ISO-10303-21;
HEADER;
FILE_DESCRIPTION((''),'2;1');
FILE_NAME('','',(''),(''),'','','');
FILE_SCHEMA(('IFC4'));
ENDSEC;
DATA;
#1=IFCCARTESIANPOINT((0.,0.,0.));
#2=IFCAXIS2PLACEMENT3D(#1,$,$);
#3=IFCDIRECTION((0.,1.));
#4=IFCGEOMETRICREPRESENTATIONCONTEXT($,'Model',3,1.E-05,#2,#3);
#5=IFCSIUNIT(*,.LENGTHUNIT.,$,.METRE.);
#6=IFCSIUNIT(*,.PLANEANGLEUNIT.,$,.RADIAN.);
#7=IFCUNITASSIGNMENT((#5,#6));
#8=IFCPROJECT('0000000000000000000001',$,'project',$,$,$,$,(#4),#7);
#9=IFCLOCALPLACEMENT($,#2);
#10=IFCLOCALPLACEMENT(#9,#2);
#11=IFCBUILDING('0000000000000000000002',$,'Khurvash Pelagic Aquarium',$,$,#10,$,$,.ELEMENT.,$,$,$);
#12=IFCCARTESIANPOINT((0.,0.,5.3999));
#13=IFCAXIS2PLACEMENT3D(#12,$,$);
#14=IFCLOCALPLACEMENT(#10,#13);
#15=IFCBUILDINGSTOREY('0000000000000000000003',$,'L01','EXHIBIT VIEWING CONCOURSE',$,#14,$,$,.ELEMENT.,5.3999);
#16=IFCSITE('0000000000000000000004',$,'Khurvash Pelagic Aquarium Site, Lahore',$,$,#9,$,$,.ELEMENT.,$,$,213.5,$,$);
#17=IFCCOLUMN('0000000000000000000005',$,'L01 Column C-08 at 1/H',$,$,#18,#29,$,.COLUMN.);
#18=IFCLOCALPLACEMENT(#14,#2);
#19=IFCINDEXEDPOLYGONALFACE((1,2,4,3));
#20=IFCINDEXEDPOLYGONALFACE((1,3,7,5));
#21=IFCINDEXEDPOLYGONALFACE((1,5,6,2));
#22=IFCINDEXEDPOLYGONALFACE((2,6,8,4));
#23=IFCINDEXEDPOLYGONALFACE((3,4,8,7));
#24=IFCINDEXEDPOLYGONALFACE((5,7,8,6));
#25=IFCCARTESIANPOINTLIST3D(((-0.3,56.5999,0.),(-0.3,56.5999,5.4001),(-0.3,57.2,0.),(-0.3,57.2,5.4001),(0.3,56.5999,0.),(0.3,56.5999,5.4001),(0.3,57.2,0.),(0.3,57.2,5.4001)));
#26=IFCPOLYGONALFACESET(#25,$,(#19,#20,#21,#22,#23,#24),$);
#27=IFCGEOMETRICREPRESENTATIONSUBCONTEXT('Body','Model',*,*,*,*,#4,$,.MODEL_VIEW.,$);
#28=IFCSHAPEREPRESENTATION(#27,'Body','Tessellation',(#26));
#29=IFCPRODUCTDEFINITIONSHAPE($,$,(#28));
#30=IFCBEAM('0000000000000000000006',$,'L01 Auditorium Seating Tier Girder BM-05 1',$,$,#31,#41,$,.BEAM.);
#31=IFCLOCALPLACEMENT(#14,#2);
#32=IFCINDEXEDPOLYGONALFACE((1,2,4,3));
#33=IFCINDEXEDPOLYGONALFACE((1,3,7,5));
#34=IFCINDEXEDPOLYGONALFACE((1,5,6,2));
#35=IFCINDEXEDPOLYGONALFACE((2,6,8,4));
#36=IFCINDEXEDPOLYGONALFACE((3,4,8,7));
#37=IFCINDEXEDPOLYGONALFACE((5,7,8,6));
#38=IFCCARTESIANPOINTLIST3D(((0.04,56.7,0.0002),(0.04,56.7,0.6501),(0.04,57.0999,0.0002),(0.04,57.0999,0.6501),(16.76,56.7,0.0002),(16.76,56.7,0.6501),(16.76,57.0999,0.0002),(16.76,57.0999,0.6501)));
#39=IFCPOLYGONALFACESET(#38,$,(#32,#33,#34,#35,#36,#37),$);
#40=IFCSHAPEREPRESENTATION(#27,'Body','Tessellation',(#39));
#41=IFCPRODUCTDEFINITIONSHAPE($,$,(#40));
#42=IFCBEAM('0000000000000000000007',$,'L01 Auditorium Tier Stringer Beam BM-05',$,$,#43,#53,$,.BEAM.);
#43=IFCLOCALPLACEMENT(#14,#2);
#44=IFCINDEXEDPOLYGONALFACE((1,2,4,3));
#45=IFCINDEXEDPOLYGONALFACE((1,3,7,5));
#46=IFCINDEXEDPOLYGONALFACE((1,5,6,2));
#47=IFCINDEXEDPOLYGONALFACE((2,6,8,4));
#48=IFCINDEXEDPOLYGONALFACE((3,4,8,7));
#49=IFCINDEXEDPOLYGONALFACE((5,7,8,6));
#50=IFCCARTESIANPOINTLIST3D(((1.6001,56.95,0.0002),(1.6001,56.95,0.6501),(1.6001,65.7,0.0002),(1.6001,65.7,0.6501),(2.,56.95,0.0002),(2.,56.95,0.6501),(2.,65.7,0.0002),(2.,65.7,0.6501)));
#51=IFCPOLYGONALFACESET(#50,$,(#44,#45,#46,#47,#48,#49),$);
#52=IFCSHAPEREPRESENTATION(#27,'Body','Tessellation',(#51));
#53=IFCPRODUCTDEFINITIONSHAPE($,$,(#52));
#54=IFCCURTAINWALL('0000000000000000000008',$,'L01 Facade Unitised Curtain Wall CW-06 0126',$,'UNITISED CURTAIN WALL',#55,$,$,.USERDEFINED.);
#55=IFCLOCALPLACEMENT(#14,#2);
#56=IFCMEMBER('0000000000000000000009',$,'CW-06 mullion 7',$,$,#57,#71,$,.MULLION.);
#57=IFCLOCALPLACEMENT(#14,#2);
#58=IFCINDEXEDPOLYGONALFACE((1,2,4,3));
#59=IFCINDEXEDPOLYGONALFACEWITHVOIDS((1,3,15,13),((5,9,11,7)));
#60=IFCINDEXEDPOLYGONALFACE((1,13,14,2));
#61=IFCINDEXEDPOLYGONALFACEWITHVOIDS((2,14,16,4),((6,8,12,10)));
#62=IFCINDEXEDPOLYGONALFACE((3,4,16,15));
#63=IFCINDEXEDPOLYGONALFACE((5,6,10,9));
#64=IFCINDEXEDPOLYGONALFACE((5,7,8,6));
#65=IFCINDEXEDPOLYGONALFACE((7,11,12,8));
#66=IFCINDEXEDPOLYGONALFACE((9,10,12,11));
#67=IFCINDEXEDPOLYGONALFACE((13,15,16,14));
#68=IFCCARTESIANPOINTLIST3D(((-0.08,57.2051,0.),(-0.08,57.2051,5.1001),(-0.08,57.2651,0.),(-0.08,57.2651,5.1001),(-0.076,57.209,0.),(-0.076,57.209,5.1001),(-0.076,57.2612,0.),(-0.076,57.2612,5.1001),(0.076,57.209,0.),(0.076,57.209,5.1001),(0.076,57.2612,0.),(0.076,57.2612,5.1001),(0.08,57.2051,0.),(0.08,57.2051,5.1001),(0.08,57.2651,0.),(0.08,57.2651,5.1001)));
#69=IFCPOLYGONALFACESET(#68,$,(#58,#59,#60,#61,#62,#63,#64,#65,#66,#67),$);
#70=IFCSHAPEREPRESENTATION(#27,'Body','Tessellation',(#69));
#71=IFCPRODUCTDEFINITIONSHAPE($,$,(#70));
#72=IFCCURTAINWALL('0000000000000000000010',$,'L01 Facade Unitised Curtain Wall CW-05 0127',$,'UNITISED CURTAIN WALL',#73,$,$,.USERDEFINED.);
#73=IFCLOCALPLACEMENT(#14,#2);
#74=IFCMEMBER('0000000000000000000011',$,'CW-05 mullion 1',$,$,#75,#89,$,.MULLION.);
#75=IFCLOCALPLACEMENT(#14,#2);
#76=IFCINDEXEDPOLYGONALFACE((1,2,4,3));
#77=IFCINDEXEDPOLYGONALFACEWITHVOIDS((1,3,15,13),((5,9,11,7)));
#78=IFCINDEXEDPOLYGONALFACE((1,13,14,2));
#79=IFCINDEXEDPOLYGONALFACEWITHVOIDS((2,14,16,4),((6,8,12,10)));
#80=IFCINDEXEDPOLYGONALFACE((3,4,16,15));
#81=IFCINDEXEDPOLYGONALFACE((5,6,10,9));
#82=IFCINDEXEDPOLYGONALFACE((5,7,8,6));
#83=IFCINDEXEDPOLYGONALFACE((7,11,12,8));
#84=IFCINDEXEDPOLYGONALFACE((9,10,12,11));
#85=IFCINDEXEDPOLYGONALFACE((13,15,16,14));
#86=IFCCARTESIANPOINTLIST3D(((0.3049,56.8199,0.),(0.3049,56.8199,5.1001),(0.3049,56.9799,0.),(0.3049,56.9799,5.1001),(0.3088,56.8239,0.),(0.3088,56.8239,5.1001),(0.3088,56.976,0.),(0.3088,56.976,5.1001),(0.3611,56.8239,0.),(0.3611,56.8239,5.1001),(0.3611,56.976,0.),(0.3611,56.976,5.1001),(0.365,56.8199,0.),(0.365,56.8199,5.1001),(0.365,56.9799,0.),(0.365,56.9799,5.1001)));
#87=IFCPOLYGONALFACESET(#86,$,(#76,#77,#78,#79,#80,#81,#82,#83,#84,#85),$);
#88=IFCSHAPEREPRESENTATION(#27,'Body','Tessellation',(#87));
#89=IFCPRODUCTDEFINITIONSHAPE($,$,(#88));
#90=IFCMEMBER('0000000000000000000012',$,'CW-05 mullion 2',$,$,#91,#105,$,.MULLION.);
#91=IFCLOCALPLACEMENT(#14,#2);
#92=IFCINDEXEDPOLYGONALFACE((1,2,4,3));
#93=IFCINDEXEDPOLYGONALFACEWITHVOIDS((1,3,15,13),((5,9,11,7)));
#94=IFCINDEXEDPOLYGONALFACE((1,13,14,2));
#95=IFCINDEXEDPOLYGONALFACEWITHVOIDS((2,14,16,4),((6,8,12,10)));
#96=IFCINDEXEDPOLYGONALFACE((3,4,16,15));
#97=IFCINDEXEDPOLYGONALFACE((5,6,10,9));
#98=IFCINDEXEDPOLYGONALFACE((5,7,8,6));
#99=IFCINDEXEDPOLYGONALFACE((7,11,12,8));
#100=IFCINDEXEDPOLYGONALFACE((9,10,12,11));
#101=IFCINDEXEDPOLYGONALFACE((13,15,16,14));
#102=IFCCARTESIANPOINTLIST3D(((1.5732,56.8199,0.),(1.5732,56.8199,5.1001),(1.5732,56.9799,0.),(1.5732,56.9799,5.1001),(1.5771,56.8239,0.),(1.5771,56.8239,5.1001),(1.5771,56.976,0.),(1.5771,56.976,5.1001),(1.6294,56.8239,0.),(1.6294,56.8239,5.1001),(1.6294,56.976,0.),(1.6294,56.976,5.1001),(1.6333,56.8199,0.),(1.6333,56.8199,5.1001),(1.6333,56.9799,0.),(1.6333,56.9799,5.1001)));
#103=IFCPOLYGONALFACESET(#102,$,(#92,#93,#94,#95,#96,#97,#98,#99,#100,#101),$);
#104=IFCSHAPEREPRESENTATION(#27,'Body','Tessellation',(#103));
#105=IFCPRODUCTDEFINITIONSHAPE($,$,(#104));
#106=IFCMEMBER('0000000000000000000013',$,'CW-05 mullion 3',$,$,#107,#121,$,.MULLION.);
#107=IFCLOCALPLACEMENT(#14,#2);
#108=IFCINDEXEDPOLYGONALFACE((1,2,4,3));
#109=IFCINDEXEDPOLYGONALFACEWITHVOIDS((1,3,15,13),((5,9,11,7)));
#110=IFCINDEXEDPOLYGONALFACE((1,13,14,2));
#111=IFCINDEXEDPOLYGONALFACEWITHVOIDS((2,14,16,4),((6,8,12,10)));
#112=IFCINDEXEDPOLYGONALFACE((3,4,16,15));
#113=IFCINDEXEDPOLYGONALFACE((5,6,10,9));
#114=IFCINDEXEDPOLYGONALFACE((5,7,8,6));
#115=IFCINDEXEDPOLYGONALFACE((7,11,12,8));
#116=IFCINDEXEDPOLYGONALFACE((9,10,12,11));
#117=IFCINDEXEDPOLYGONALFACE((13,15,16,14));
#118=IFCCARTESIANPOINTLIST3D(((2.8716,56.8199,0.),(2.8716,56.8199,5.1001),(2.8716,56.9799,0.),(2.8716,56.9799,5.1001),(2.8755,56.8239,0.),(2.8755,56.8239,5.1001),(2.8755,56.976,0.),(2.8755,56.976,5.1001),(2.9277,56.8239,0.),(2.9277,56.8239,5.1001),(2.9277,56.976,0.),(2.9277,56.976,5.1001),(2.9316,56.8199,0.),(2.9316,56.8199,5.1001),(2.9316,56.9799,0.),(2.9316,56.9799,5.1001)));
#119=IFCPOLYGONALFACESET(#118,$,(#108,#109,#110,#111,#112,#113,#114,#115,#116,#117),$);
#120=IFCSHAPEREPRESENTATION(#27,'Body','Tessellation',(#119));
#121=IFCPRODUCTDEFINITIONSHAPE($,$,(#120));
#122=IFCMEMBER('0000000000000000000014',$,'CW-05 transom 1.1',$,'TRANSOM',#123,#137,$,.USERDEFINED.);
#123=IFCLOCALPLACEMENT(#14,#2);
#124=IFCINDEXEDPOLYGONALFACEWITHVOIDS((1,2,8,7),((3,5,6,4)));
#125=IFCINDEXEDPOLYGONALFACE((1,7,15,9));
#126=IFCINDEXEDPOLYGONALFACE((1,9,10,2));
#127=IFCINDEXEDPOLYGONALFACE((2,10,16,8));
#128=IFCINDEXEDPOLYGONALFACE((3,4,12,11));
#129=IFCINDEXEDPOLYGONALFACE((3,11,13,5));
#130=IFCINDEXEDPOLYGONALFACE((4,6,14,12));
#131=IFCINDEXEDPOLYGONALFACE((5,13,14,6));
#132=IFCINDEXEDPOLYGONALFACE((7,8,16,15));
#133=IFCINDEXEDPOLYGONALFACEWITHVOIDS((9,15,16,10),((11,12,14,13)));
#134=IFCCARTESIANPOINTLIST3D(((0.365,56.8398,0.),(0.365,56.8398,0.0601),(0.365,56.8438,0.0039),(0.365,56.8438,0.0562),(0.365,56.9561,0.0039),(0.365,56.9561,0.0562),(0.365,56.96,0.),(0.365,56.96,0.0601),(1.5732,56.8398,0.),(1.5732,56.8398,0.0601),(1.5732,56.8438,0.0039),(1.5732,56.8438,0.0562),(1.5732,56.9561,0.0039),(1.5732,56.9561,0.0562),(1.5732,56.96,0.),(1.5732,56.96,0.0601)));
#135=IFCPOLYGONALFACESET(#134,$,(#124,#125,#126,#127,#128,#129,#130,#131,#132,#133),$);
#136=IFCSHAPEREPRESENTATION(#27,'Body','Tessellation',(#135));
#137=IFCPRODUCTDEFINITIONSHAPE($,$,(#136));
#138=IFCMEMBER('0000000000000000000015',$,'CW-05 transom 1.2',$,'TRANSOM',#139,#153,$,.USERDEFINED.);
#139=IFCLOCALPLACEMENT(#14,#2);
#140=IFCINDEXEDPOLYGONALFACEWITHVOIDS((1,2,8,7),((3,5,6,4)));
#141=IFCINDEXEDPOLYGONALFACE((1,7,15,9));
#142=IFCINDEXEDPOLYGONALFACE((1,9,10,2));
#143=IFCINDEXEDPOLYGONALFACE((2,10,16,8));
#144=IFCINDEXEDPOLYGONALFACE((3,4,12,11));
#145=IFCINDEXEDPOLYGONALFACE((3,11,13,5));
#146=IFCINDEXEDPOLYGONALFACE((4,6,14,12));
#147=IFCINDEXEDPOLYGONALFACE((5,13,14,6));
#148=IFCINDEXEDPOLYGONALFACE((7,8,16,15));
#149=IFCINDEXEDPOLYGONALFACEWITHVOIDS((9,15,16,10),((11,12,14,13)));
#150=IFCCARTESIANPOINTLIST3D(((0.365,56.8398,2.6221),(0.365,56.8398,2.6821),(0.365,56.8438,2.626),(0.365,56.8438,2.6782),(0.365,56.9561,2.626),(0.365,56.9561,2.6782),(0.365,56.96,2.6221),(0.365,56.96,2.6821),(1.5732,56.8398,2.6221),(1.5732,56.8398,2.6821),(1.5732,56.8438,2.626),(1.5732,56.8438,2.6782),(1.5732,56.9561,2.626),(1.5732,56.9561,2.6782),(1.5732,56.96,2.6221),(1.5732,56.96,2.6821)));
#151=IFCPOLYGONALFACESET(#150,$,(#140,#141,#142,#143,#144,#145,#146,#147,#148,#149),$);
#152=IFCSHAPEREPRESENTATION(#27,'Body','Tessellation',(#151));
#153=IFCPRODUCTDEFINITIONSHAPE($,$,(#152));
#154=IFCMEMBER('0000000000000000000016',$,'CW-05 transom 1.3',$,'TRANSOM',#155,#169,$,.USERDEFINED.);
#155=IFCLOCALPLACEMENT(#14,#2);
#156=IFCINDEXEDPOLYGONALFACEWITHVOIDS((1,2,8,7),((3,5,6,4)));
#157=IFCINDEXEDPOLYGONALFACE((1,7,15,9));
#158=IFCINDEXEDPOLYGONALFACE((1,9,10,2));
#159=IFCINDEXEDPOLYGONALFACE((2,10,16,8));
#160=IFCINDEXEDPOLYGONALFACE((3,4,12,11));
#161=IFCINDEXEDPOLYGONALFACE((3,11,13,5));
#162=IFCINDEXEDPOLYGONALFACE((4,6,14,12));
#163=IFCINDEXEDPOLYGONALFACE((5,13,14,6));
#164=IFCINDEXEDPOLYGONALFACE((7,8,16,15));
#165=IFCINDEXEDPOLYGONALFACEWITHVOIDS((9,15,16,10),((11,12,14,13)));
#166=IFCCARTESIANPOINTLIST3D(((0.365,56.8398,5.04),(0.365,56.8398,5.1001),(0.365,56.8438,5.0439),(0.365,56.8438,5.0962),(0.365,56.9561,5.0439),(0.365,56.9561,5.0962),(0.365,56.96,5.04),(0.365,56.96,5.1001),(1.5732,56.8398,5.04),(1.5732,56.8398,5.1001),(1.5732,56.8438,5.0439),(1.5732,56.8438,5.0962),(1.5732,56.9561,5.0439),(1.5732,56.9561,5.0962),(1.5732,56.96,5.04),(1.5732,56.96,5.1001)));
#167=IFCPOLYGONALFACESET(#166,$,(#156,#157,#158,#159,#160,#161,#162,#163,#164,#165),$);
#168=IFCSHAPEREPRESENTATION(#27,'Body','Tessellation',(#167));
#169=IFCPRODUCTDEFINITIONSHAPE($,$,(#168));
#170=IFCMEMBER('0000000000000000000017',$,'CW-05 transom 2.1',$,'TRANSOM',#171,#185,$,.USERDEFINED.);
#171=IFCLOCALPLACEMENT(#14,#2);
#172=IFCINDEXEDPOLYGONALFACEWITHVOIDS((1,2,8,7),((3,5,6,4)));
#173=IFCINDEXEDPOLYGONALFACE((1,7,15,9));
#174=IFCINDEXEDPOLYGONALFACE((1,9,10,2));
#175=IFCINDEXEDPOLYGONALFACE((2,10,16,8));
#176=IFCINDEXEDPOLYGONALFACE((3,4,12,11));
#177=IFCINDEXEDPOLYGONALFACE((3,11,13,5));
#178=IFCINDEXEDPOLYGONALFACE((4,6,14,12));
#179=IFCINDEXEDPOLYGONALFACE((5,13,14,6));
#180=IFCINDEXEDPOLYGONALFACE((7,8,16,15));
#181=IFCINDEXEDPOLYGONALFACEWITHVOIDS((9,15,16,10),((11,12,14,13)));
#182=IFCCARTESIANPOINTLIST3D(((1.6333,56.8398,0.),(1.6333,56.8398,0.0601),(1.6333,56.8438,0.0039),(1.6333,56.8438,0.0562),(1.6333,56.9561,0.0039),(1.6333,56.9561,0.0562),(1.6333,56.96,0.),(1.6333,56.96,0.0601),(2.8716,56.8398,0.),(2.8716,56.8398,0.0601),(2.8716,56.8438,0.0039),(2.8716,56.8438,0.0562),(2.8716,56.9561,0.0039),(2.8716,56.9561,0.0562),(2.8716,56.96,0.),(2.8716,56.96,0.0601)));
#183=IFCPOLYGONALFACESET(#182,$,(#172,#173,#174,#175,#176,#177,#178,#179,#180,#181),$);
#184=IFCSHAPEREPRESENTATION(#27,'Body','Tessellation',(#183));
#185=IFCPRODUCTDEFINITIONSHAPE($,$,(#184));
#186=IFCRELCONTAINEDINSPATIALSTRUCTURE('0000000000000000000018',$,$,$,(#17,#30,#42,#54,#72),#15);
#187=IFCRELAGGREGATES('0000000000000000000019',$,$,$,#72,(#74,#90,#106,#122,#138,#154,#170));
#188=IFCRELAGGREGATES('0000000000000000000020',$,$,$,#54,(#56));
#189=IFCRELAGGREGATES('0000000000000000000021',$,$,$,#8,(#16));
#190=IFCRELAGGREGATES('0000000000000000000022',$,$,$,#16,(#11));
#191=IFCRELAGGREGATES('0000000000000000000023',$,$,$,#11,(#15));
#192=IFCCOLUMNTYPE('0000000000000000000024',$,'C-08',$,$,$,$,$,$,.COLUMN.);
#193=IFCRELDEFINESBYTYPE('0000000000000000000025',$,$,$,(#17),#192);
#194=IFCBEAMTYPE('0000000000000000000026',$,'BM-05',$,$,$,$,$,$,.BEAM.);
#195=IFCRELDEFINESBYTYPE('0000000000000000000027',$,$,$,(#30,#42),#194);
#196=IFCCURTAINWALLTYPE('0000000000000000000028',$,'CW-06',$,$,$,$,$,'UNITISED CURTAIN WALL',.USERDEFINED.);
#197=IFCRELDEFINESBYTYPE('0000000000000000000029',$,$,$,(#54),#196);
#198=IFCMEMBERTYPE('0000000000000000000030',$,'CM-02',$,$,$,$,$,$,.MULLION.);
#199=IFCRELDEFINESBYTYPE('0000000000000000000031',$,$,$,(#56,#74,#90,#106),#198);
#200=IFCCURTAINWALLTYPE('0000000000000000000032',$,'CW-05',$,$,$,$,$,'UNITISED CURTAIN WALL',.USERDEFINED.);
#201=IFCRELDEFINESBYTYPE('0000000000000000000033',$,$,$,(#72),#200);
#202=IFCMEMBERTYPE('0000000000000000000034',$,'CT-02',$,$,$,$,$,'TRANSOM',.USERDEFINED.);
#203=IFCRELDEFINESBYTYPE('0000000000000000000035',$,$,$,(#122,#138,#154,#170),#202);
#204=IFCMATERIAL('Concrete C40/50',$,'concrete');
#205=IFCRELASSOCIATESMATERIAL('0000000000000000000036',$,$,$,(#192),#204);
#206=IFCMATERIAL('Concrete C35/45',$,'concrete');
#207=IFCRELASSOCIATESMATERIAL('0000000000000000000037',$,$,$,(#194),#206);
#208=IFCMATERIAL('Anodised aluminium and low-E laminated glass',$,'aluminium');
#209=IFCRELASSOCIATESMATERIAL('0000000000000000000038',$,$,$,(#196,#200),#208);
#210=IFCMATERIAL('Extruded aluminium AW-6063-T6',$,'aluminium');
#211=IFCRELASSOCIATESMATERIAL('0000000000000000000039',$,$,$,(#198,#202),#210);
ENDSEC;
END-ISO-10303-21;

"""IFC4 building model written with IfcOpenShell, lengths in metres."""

from ifc_helpers import new_model, si_unit, direction, frame, origin, origin_2d, place, context, subcontext, project, spatial, rectangle, hollow_rectangle, extrude, material, material_profile, profile_set, type_object, element, aggregate, save


model = new_model("IFC4")

# Units and contexts
model_context = context("Model", 3, precision=1e-05, world=origin(), true_north=direction((0.0, 1.0)))
body_context = subcontext(model_context, "Body", "Model", "MODEL_VIEW")
ifc_project = project(units=[si_unit("LENGTHUNIT", "METRE"), si_unit("PLANEANGLEUNIT", "RADIAN")], contexts=[model_context])

# Site, building, storey
site_placement = place(None, origin())
site = spatial("IfcSite", under=ifc_project, at=site_placement, Name="Khurvash Pelagic Aquarium Site, Lahore", CompositionType="ELEMENT", RefElevation=213.5)
building_placement = place(site_placement, origin())
building = spatial("IfcBuilding", under=site, at=building_placement, Name="Khurvash Pelagic Aquarium", CompositionType="ELEMENT")
storey_placement = place(building_placement, frame((0.0, 0.0, 5.3999)))
storey = spatial("IfcBuildingStorey", under=building, at=storey_placement, Name="L01", Description="EXHIBIT VIEWING CONCOURSE", CompositionType="ELEMENT", Elevation=5.3999)

# Column
ifc_material_1 = material(Name="Concrete C40/50", Category="concrete")
ifc_material_profile_1 = material_profile(ifc_material_1, rectangle(XDim=0.6001, YDim=0.6001, at=origin_2d()), Name="RC600X600")
ifc_profile_set_1 = profile_set([ifc_material_profile_1], Name="Concrete C40/50")
column_type = type_object("IfcColumnType", Name="C-08", PredefinedType="COLUMN", material=ifc_profile_set_1)
column_placement = place(storey_placement, frame((0.0, 56.8999, 0.0), z_axis=(0.0, 0.0, 1.0), x_axis=(1.0, 0.0, 0.0)))
element("IfcColumn", 1, at=column_placement, inside=storey, type_object=column_type, Name="L01 Column C-08 at 1/H", PredefinedType="COLUMN", context=body_context, shape_type="SweptSolid", body=[
    extrude(rectangle(XDim=0.6001, YDim=0.6001, at=origin_2d()), origin(), (0.0, 0.0, 1.0), 5.4001),
])

# Beams
ifc_material_2 = material(Name="Concrete C35/45", Category="concrete")
ifc_material_profile_2 = material_profile(ifc_material_2, rectangle(XDim=0.3999, YDim=0.6499, at=origin_2d()), Name="RC400X650")
ifc_profile_set_2 = profile_set([ifc_material_profile_2], Name="Concrete C35/45")
beam_type_1 = type_object("IfcBeamType", Name="BM-05", PredefinedType="BEAM", material=ifc_profile_set_2)
beam_1_placement = place(storey_placement, frame((0.04, 56.8999, 0.3252), z_axis=(1.0, 0.0, 0.0), x_axis=(0.0, 1.0, 0.0)))
element("IfcBeam", 2, at=beam_1_placement, inside=storey, type_object=beam_type_1, Name="L01 Auditorium Seating Tier Girder BM-05 1", PredefinedType="BEAM", context=body_context, shape_type="SweptSolid", body=[
    extrude(rectangle(XDim=0.3999, YDim=0.6499, at=origin_2d()), origin(), (0.0, 0.0, 1.0), 16.72),
])
beam_2_placement = place(storey_placement, frame((1.8, 56.95, 0.3252), z_axis=(0.0, 1.0, 0.0), x_axis=(-1.0, 0.0, 0.0)))
element("IfcBeam", 3, at=beam_2_placement, inside=storey, type_object=beam_type_1, Name="L01 Auditorium Tier Stringer Beam BM-05", PredefinedType="BEAM", context=body_context, shape_type="SweptSolid", body=[
    extrude(rectangle(XDim=0.3999, YDim=0.6499, at=origin_2d()), origin(), (0.0, 0.0, 1.0), 8.75),
])

# Curtain wall, member
ifc_material_3 = material(Name="Anodised aluminium and low-E laminated glass", Category="aluminium")
curtain_wall_type_1 = type_object("IfcCurtainWallType", Name="CW-06", ElementType="UNITISED CURTAIN WALL", PredefinedType="USERDEFINED", material=ifc_material_3)
curtain_wall_1_placement = place(storey_placement, origin())
curtain_wall_1 = element("IfcCurtainWall", 4, at=curtain_wall_1_placement, inside=storey, type_object=curtain_wall_type_1, Name="L01 Facade Unitised Curtain Wall CW-06 0126", ObjectType="UNITISED CURTAIN WALL", PredefinedType="USERDEFINED")
ifc_material_4 = material(Name="Extruded aluminium AW-6063-T6", Category="aluminium")
ifc_material_profile_3 = material_profile(ifc_material_4, hollow_rectangle(XDim=0.0601, YDim=0.1599, WallThickness=0.0039, at=origin_2d()), Name="CWM60X160X4")
ifc_profile_set_3 = profile_set([ifc_material_profile_3], Name="Extruded aluminium AW-6063-T6")
member_type_1 = type_object("IfcMemberType", Name="CM-02", PredefinedType="MULLION", material=ifc_profile_set_3)
member_1_placement = place(storey_placement, frame((0.0, 57.2351, 0.0), z_axis=(0.0, 0.0, 1.0), x_axis=(0.0, -1.0, 0.0)))
member_1 = element("IfcMember", 5, at=member_1_placement, type_object=member_type_1, Name="CW-06 mullion 7", PredefinedType="MULLION", context=body_context, shape_type="SweptSolid", body=[
    extrude(hollow_rectangle(XDim=0.0601, YDim=0.1599, WallThickness=0.0039, at=origin_2d()), origin(), (0.0, 0.0, 1.0), 5.1001),
])

# Curtain wall, members
curtain_wall_type_2 = type_object("IfcCurtainWallType", Name="CW-05", ElementType="UNITISED CURTAIN WALL", PredefinedType="USERDEFINED", material=ifc_material_3)
curtain_wall_2_placement = place(storey_placement, origin())
curtain_wall_2 = element("IfcCurtainWall", 6, at=curtain_wall_2_placement, inside=storey, type_object=curtain_wall_type_2, Name="L01 Facade Unitised Curtain Wall CW-05 0127", ObjectType="UNITISED CURTAIN WALL", PredefinedType="USERDEFINED")
member_2_placement = place(storey_placement, frame((0.335, 56.8999, 0.0), z_axis=(0.0, 0.0, 1.0), x_axis=(1.0, 0.0, 0.0)))
member_2 = element("IfcMember", 7, at=member_2_placement, type_object=member_type_1, Name="CW-05 mullion 1", PredefinedType="MULLION", context=body_context, shape_type="SweptSolid", body=[
    extrude(hollow_rectangle(XDim=0.0601, YDim=0.1599, WallThickness=0.0039, at=origin_2d()), origin(), (0.0, 0.0, 1.0), 5.1001),
])
member_3_placement = place(storey_placement, frame((1.6033, 56.8999, 0.0), z_axis=(0.0, 0.0, 1.0), x_axis=(1.0, 0.0, 0.0)))
member_3 = element("IfcMember", 8, at=member_3_placement, type_object=member_type_1, Name="CW-05 mullion 2", PredefinedType="MULLION", context=body_context, shape_type="SweptSolid", body=[
    extrude(hollow_rectangle(XDim=0.0601, YDim=0.1599, WallThickness=0.0039, at=origin_2d()), origin(), (0.0, 0.0, 1.0), 5.1001),
])
member_4_placement = place(storey_placement, frame((2.9016, 56.8999, 0.0), z_axis=(0.0, 0.0, 1.0), x_axis=(1.0, 0.0, 0.0)))
member_4 = element("IfcMember", 9, at=member_4_placement, type_object=member_type_1, Name="CW-05 mullion 3", PredefinedType="MULLION", context=body_context, shape_type="SweptSolid", body=[
    extrude(hollow_rectangle(XDim=0.0601, YDim=0.1599, WallThickness=0.0039, at=origin_2d()), origin(), (0.0, 0.0, 1.0), 5.1001),
])
ifc_material_profile_4 = material_profile(ifc_material_4, hollow_rectangle(XDim=0.1201, YDim=0.0601, WallThickness=0.0039, at=origin_2d()), Name="CWT120X60X4")
ifc_profile_set_4 = profile_set([ifc_material_profile_4], Name="Extruded aluminium AW-6063-T6")
member_type_2 = type_object("IfcMemberType", Name="CT-02", ElementType="TRANSOM", PredefinedType="USERDEFINED", material=ifc_profile_set_4)
member_5_placement = place(storey_placement, frame((0.365, 56.8999, 0.03), z_axis=(1.0, 0.0, 0.0), x_axis=(0.0, 1.0, 0.0)))
member_5 = element("IfcMember", 10, at=member_5_placement, type_object=member_type_2, Name="CW-05 transom 1.1", ObjectType="TRANSOM", PredefinedType="USERDEFINED", context=body_context, shape_type="SweptSolid", body=[
    extrude(hollow_rectangle(XDim=0.1201, YDim=0.0601, WallThickness=0.0039, at=origin_2d()), origin(), (0.0, 0.0, 1.0), 1.2083),
])
member_6_placement = place(storey_placement, frame((0.365, 56.8999, 2.6521), z_axis=(1.0, 0.0, 0.0), x_axis=(0.0, 1.0, 0.0)))
member_6 = element("IfcMember", 11, at=member_6_placement, type_object=member_type_2, Name="CW-05 transom 1.2", ObjectType="TRANSOM", PredefinedType="USERDEFINED", context=body_context, shape_type="SweptSolid", body=[
    extrude(hollow_rectangle(XDim=0.1201, YDim=0.0601, WallThickness=0.0039, at=origin_2d()), origin(), (0.0, 0.0, 1.0), 1.2083),
])
member_7_placement = place(storey_placement, frame((0.365, 56.8999, 5.0701), z_axis=(1.0, 0.0, 0.0), x_axis=(0.0, 1.0, 0.0)))
member_7 = element("IfcMember", 12, at=member_7_placement, type_object=member_type_2, Name="CW-05 transom 1.3", ObjectType="TRANSOM", PredefinedType="USERDEFINED", context=body_context, shape_type="SweptSolid", body=[
    extrude(hollow_rectangle(XDim=0.1201, YDim=0.0601, WallThickness=0.0039, at=origin_2d()), origin(), (0.0, 0.0, 1.0), 1.2083),
])
member_8_placement = place(storey_placement, frame((1.6333, 56.8999, 0.03), z_axis=(1.0, 0.0, 0.0), x_axis=(0.0, 1.0, 0.0)))
member_8 = element("IfcMember", 13, at=member_8_placement, type_object=member_type_2, Name="CW-05 transom 2.1", ObjectType="TRANSOM", PredefinedType="USERDEFINED", context=body_context, shape_type="SweptSolid", body=[
    extrude(hollow_rectangle(XDim=0.1201, YDim=0.0601, WallThickness=0.0039, at=origin_2d()), origin(), (0.0, 0.0, 1.0), 1.2383),
])

aggregate(curtain_wall_2, [member_2, member_3, member_4, member_5, member_6, member_7, member_8])
aggregate(curtain_wall_1, [member_1])

save(model, "model.ifc")
